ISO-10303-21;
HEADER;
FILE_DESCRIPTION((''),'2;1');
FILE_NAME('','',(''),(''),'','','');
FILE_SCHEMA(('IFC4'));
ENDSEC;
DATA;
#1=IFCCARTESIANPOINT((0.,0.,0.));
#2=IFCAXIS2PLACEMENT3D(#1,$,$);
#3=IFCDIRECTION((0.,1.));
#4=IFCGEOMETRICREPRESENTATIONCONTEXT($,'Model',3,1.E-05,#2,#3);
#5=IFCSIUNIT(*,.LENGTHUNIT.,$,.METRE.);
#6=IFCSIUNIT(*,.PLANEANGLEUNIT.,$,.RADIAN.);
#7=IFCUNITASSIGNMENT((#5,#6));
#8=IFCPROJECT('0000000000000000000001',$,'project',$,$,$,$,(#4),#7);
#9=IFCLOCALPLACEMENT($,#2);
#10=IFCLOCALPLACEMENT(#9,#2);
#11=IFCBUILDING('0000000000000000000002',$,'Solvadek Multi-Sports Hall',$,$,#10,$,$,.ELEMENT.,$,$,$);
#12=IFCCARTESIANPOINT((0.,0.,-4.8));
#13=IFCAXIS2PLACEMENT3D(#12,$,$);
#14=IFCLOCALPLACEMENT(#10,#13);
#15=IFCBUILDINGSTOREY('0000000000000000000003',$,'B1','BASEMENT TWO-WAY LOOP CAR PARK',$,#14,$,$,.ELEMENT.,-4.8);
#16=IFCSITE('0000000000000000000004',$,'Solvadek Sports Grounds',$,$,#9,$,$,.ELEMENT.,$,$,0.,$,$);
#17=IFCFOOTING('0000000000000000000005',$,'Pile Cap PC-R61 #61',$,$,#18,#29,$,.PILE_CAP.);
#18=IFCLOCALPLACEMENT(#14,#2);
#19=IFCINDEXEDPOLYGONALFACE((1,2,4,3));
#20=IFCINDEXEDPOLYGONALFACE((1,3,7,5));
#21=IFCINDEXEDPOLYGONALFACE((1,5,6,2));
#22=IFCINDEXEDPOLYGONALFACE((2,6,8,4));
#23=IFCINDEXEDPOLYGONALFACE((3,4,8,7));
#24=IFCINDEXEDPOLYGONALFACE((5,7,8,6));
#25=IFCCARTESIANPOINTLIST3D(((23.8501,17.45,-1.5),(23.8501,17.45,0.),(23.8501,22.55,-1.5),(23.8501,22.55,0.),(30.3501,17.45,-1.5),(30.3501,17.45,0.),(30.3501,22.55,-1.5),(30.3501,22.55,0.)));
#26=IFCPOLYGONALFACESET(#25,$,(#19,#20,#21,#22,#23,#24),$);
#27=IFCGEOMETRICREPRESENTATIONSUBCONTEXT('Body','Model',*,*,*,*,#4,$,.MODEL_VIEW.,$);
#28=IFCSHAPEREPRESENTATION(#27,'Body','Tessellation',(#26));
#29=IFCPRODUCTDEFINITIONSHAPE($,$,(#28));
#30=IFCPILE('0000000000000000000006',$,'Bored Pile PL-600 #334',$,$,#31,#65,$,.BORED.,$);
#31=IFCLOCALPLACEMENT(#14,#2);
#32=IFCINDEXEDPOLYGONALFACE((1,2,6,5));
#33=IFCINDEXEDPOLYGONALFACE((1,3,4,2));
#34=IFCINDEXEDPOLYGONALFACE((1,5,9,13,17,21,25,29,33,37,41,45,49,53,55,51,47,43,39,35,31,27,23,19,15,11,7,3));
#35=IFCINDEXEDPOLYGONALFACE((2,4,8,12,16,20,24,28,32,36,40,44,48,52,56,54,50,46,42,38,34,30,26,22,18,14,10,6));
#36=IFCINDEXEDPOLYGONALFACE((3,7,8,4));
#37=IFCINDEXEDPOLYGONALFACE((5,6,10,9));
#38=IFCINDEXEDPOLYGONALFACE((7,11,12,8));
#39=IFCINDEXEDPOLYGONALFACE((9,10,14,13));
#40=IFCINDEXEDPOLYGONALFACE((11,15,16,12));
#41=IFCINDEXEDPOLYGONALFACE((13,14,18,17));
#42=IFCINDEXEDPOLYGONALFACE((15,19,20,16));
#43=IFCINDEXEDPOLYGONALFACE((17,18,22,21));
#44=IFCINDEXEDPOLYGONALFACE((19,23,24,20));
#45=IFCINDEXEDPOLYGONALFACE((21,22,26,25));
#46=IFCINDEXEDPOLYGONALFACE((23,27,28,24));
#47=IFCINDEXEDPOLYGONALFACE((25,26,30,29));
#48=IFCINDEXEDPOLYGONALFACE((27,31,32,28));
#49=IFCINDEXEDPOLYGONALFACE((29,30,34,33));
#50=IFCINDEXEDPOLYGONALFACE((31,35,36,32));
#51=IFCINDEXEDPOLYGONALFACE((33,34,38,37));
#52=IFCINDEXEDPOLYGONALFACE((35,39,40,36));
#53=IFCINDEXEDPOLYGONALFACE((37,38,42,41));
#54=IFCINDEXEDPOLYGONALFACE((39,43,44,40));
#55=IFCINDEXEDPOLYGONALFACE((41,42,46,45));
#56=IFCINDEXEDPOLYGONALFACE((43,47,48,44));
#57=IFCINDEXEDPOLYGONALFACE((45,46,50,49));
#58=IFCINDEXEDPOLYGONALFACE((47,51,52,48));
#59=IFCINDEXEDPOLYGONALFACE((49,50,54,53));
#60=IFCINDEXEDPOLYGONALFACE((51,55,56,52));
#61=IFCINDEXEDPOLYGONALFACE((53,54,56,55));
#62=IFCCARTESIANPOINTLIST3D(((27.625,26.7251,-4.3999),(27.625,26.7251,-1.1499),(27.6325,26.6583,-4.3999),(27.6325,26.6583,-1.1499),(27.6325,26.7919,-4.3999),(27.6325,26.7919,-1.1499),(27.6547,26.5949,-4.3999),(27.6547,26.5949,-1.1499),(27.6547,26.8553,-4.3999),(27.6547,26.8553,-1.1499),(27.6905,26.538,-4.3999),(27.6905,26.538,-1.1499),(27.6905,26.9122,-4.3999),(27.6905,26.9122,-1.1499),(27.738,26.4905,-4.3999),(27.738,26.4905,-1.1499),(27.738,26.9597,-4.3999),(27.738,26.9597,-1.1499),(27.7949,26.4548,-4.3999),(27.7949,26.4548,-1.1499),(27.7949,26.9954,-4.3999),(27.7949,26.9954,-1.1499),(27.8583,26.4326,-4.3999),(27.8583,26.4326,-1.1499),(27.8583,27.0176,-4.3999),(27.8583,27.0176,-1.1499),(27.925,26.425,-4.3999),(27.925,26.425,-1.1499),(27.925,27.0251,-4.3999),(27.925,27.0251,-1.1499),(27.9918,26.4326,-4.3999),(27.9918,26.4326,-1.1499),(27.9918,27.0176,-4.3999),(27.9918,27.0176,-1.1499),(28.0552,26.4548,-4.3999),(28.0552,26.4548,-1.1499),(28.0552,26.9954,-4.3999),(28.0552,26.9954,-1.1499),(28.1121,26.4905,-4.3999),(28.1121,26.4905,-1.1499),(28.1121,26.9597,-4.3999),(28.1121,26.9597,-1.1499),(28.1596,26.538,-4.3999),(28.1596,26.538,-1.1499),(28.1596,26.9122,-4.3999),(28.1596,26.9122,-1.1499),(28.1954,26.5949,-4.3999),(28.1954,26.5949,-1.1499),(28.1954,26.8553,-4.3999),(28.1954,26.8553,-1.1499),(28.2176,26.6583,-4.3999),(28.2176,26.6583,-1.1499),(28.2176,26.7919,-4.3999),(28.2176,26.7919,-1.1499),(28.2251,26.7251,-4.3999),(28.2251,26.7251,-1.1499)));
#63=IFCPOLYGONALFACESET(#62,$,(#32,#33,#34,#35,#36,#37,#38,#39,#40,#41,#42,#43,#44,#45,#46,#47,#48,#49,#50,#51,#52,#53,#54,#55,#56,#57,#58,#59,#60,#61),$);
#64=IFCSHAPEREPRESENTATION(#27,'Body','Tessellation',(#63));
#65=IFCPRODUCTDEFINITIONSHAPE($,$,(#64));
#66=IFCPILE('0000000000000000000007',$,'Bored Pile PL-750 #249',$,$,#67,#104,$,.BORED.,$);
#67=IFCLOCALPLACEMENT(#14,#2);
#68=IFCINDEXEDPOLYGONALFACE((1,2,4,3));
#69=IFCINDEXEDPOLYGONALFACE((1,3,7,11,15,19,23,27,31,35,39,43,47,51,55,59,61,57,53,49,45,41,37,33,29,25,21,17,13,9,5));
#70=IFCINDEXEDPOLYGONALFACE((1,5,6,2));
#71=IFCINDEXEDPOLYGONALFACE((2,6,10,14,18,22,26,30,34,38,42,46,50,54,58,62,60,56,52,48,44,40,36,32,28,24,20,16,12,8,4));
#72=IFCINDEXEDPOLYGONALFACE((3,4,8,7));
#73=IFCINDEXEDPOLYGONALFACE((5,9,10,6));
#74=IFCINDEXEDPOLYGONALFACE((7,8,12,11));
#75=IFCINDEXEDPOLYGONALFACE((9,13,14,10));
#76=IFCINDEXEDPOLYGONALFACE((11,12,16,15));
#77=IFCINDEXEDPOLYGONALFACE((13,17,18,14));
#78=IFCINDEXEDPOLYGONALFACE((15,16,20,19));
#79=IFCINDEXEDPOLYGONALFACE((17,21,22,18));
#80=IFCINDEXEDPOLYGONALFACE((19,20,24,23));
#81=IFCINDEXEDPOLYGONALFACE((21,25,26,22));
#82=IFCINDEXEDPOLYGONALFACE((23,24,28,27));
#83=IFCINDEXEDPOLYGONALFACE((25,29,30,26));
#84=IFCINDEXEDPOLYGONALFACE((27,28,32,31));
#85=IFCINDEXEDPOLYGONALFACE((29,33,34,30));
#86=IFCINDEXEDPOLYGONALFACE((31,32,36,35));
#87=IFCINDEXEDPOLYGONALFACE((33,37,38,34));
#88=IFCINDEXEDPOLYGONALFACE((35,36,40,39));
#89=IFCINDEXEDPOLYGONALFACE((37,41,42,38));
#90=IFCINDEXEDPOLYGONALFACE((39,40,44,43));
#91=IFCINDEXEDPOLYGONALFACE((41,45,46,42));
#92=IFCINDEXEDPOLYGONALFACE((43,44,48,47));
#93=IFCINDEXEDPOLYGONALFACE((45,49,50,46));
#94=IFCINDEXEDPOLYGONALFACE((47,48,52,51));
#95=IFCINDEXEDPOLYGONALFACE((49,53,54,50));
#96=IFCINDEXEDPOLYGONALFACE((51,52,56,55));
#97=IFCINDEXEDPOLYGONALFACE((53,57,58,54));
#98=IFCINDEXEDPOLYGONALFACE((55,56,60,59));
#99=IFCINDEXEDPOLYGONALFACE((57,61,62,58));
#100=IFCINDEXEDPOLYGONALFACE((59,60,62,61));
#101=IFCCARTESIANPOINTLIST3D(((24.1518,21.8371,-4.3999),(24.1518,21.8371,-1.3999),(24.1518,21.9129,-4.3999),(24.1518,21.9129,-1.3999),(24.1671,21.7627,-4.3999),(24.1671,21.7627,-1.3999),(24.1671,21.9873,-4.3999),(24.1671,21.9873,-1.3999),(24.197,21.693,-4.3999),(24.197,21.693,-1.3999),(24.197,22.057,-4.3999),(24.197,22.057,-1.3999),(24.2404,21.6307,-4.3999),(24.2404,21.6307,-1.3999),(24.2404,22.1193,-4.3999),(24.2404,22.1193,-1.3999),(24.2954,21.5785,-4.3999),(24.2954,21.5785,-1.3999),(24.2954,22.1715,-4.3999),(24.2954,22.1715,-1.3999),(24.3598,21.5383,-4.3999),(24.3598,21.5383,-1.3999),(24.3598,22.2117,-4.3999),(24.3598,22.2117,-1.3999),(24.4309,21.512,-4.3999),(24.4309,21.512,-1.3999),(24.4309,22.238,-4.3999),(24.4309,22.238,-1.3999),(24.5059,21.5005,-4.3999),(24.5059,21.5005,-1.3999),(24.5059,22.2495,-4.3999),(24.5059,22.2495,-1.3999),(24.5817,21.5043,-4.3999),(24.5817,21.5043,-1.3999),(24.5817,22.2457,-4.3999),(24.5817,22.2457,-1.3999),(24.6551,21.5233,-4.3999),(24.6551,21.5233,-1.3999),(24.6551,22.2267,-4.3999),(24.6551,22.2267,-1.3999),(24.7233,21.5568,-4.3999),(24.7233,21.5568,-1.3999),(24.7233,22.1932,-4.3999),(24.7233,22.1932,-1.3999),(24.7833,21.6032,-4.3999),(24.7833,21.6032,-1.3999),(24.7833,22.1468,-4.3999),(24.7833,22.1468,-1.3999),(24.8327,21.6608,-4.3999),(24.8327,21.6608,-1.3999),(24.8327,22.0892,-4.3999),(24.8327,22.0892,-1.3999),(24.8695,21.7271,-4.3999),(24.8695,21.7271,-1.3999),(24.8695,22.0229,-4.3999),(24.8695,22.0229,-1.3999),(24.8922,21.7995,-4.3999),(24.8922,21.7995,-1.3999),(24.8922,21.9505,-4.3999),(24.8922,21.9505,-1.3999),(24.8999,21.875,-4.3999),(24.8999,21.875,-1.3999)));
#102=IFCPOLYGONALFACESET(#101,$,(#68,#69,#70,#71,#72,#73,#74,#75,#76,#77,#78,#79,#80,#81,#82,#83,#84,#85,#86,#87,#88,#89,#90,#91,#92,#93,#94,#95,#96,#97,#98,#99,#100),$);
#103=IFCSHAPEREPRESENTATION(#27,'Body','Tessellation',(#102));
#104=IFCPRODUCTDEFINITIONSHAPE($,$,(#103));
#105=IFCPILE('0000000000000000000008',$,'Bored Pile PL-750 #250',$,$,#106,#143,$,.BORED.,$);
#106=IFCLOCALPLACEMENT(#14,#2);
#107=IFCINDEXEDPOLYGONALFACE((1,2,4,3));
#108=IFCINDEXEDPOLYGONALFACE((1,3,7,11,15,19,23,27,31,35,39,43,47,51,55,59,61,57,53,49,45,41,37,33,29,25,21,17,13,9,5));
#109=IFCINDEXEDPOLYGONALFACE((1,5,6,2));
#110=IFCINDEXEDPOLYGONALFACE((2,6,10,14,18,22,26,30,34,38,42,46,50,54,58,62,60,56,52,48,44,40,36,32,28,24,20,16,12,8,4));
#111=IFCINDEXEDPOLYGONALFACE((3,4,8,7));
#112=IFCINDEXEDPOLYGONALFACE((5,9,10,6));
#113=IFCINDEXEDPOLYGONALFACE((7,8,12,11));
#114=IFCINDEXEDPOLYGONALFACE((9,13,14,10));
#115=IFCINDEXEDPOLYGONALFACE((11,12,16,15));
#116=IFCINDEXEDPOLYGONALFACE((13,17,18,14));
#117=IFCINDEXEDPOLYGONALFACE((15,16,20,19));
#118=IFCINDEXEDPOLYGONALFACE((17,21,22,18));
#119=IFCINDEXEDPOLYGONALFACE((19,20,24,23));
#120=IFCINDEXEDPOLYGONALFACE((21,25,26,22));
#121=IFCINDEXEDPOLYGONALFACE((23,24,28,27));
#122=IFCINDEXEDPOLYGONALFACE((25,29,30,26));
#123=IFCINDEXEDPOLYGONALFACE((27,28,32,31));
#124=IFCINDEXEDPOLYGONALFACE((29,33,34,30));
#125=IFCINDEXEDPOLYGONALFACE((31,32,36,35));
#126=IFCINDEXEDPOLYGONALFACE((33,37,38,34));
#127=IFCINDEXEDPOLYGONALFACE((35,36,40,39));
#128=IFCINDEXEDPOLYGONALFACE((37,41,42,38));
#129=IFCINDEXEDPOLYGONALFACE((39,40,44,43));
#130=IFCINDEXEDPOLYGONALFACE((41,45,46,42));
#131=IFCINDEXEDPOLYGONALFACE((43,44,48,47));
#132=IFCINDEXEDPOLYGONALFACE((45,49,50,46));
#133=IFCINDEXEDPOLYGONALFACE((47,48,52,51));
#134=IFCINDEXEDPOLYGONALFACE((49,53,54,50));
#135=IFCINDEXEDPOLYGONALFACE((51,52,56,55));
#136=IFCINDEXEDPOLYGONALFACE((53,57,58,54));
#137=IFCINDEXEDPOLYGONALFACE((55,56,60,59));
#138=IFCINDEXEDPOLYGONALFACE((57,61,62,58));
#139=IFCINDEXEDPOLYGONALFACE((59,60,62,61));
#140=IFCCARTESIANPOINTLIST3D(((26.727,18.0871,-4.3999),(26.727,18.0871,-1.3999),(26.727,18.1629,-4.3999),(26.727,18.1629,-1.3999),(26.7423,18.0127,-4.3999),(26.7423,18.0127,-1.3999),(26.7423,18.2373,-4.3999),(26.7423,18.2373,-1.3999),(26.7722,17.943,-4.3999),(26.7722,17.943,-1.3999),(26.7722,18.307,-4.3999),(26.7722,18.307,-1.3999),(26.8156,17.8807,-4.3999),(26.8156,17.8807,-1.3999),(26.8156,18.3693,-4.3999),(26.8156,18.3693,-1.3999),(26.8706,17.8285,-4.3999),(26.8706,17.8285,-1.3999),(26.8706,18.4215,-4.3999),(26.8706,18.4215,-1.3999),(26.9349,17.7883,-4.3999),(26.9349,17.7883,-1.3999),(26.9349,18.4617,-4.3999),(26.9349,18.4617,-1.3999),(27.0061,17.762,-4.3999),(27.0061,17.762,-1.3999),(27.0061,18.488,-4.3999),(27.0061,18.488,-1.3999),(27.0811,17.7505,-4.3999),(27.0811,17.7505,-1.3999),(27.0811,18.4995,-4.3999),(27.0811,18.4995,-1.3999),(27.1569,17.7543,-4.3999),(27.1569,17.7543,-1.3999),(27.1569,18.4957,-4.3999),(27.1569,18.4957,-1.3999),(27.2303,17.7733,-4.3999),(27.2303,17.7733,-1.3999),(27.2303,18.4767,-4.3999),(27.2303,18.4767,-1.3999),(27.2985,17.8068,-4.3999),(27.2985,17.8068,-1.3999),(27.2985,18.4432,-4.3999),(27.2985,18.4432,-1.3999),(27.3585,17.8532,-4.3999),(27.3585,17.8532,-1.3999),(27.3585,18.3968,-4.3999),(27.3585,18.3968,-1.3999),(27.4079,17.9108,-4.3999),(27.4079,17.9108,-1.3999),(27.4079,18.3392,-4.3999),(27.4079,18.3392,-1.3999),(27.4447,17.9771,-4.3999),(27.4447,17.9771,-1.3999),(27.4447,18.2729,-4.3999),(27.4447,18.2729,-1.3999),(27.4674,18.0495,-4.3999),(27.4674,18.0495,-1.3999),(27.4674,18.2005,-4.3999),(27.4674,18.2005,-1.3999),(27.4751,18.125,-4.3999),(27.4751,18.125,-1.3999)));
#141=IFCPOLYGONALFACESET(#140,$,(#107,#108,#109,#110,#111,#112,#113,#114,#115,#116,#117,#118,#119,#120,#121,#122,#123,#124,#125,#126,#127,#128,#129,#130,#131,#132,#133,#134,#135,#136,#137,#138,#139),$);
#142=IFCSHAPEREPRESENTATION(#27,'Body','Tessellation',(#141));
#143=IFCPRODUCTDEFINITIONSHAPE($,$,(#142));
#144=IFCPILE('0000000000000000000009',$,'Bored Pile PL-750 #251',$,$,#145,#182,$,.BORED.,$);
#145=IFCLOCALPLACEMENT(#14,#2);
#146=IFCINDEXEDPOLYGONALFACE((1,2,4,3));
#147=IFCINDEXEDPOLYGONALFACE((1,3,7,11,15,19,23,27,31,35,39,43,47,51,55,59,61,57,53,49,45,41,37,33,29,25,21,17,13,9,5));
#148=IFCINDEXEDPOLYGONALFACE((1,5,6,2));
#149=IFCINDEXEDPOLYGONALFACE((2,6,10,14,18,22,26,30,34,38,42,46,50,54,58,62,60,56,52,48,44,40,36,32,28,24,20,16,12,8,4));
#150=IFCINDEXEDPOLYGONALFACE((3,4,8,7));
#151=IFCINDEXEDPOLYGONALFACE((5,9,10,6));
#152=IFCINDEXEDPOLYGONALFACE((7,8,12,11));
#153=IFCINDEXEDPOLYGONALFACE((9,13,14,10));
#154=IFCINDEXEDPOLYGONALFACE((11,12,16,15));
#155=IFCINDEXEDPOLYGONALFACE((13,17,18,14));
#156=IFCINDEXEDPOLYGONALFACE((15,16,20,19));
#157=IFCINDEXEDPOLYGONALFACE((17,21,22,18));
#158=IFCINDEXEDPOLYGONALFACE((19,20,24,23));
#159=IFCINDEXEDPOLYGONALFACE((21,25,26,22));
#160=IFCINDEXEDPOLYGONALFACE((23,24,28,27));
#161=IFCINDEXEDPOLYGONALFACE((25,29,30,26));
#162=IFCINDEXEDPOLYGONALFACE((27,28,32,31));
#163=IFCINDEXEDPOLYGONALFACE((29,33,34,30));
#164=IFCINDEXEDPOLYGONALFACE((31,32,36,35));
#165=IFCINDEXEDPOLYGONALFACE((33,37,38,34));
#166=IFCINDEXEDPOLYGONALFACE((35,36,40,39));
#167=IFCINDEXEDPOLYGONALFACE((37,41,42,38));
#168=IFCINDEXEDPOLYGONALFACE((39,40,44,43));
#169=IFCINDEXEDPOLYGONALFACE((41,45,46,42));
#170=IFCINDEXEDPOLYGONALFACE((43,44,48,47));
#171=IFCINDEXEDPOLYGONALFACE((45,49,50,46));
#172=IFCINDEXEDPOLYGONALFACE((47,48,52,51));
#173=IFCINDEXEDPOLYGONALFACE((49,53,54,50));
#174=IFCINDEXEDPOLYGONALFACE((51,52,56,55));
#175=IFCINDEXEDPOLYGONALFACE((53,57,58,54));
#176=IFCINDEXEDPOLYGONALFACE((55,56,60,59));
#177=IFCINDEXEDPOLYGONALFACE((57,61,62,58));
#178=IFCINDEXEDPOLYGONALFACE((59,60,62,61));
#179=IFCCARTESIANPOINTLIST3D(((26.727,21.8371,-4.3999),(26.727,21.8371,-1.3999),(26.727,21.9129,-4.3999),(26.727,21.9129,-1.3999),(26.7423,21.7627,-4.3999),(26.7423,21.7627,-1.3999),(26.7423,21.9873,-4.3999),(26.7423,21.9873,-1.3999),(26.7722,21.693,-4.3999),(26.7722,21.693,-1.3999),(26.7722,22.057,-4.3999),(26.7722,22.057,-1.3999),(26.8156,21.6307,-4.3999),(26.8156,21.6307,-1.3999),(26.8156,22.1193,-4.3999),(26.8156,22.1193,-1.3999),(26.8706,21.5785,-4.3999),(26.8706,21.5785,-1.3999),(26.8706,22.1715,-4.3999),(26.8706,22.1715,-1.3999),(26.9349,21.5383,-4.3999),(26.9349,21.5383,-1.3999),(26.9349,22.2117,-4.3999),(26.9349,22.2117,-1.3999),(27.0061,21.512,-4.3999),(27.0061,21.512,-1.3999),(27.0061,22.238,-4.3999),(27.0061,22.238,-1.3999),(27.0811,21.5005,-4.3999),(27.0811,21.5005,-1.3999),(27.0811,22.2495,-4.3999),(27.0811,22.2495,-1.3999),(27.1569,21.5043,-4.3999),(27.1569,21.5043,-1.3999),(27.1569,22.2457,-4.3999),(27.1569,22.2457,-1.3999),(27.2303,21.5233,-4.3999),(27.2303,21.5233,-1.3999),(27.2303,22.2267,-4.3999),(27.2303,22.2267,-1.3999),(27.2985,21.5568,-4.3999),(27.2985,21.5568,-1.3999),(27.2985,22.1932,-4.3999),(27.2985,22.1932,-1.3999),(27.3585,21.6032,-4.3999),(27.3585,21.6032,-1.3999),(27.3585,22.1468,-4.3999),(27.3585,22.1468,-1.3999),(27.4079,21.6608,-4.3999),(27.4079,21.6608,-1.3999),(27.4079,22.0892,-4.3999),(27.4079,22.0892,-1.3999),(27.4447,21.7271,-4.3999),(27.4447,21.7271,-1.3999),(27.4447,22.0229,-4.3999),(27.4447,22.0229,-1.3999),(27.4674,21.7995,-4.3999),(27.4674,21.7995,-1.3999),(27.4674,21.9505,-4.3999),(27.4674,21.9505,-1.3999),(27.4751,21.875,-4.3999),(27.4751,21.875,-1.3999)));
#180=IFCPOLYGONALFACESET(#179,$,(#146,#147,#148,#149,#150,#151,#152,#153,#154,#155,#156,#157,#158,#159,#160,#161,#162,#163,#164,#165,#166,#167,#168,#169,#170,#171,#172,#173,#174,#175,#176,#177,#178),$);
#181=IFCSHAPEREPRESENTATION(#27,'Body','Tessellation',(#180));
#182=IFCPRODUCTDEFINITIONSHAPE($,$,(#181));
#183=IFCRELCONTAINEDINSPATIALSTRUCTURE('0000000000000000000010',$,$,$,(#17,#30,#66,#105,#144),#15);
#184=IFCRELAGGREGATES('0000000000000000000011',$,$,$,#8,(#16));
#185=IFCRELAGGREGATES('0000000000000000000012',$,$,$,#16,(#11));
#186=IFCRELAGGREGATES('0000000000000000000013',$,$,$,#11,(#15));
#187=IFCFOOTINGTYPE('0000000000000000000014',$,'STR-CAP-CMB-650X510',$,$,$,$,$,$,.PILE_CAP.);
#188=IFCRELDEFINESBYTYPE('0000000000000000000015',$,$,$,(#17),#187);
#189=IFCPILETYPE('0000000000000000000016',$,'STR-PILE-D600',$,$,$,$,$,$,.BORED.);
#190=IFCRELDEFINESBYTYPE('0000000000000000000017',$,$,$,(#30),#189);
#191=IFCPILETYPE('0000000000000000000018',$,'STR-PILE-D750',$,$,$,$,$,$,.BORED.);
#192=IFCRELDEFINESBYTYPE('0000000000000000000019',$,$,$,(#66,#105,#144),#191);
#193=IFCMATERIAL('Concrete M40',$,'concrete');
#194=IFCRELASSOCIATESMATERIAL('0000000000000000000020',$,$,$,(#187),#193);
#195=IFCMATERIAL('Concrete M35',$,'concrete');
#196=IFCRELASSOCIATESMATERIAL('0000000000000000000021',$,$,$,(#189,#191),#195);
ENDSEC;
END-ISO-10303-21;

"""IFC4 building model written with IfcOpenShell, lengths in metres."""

from ifc_helpers import new_model, si_unit, direction, frame, origin, origin_2d, place, context, subcontext, project, spatial, rectangle, circle, extrude, material, material_profile, profile_set, type_object, element, save


model = new_model("IFC4")

# Units and contexts
model_context = context("Model", 3, precision=1e-05, world=origin(), true_north=direction((0.0, 1.0)))
body_context = subcontext(model_context, "Body", "Model", "MODEL_VIEW")
ifc_project = project(units=[si_unit("LENGTHUNIT", "METRE"), si_unit("PLANEANGLEUNIT", "RADIAN")], contexts=[model_context])

# Site, building, storey
site_placement = place(None, origin())
site = spatial("IfcSite", under=ifc_project, at=site_placement, Name="Solvadek Sports Grounds", CompositionType="ELEMENT", RefElevation=0.0)
building_placement = place(site_placement, origin())
building = spatial("IfcBuilding", under=site, at=building_placement, Name="Solvadek Multi-Sports Hall", CompositionType="ELEMENT")
storey_placement = place(building_placement, frame((0.0, 0.0, -4.8)))
storey = spatial("IfcBuildingStorey", under=building, at=storey_placement, Name="B1", Description="BASEMENT TWO-WAY LOOP CAR PARK", CompositionType="ELEMENT", Elevation=-4.8)

# Footing
ifc_material_1 = material(Name="Concrete M40", Category="concrete")
footing_type_1 = type_object("IfcFootingType", Name="STR-CAP-CMB-650X510", PredefinedType="PILE_CAP", material=ifc_material_1)
footing_1_placement = place(storey_placement, frame((27.1001, 20.0, -1.5), z_axis=(0.0, 0.0, 1.0), x_axis=(1.0, 0.0, 0.0)))
element("IfcFooting", 1, at=footing_1_placement, inside=storey, type_object=footing_type_1, Name="Pile Cap PC-R61 #61", PredefinedType="PILE_CAP", context=body_context, shape_type="SweptSolid", body=[
    extrude(rectangle(XDim=6.5, YDim=5.1001, at=origin_2d()), origin(), (0.0, 0.0, 1.0), 1.5),
])

# Piles
ifc_material_2 = material(Name="Concrete M35", Category="concrete")
ifc_material_profile_1 = material_profile(ifc_material_2, circle(Radius=0.3, at=origin_2d()), Name="BORED PILE D600")
ifc_profile_set_1 = profile_set([ifc_material_profile_1], Name="Concrete M35")
pile_type_1 = type_object("IfcPileType", Name="STR-PILE-D600", PredefinedType="BORED", material=ifc_profile_set_1)
pile_1_placement = place(storey_placement, frame((27.925, 26.7251, -1.1499), z_axis=(0.0, 0.0, -1.0), x_axis=(1.0, 0.0, 0.0)))
element("IfcPile", 2, at=pile_1_placement, inside=storey, type_object=pile_type_1, Name="Bored Pile PL-600 #334", PredefinedType="BORED", context=body_context, shape_type="SweptSolid", body=[
    extrude(circle(Radius=0.3, at=origin_2d()), origin(), (0.0, 0.0, 1.0), 3.25),
])
ifc_material_profile_2 = material_profile(ifc_material_2, circle(Radius=0.375, at=origin_2d()), Name="BORED PILE D750")
ifc_profile_set_2 = profile_set([ifc_material_profile_2], Name="Concrete M35")
pile_type_2 = type_object("IfcPileType", Name="STR-PILE-D750", PredefinedType="BORED", material=ifc_profile_set_2)
for number, where, z_axis, x_axis, name in (
    (3, (24.5249, 21.875, -1.3999), (0.0, 0.0, -1.0), (1.0, 0.0, 0.0), "Bored Pile PL-750 #249"),
    (4, (27.1001, 18.125, -1.3999), (0.0, 0.0, -1.0), (1.0, 0.0, 0.0), "Bored Pile PL-750 #250"),
    (5, (27.1001, 21.875, -1.3999), (0.0, 0.0, -1.0), (1.0, 0.0, 0.0), "Bored Pile PL-750 #251"),
):
    element("IfcPile", number, at=place(storey_placement, frame(where, z_axis=z_axis, x_axis=x_axis)), inside=storey, type_object=pile_type_2, Name=name, PredefinedType="BORED", context=body_context, shape_type="SweptSolid", body=[
        extrude(circle(Radius=0.375, at=origin_2d()), origin(), (0.0, 0.0, 1.0), 3.0),
    ])

save(model, "model.ifc")
